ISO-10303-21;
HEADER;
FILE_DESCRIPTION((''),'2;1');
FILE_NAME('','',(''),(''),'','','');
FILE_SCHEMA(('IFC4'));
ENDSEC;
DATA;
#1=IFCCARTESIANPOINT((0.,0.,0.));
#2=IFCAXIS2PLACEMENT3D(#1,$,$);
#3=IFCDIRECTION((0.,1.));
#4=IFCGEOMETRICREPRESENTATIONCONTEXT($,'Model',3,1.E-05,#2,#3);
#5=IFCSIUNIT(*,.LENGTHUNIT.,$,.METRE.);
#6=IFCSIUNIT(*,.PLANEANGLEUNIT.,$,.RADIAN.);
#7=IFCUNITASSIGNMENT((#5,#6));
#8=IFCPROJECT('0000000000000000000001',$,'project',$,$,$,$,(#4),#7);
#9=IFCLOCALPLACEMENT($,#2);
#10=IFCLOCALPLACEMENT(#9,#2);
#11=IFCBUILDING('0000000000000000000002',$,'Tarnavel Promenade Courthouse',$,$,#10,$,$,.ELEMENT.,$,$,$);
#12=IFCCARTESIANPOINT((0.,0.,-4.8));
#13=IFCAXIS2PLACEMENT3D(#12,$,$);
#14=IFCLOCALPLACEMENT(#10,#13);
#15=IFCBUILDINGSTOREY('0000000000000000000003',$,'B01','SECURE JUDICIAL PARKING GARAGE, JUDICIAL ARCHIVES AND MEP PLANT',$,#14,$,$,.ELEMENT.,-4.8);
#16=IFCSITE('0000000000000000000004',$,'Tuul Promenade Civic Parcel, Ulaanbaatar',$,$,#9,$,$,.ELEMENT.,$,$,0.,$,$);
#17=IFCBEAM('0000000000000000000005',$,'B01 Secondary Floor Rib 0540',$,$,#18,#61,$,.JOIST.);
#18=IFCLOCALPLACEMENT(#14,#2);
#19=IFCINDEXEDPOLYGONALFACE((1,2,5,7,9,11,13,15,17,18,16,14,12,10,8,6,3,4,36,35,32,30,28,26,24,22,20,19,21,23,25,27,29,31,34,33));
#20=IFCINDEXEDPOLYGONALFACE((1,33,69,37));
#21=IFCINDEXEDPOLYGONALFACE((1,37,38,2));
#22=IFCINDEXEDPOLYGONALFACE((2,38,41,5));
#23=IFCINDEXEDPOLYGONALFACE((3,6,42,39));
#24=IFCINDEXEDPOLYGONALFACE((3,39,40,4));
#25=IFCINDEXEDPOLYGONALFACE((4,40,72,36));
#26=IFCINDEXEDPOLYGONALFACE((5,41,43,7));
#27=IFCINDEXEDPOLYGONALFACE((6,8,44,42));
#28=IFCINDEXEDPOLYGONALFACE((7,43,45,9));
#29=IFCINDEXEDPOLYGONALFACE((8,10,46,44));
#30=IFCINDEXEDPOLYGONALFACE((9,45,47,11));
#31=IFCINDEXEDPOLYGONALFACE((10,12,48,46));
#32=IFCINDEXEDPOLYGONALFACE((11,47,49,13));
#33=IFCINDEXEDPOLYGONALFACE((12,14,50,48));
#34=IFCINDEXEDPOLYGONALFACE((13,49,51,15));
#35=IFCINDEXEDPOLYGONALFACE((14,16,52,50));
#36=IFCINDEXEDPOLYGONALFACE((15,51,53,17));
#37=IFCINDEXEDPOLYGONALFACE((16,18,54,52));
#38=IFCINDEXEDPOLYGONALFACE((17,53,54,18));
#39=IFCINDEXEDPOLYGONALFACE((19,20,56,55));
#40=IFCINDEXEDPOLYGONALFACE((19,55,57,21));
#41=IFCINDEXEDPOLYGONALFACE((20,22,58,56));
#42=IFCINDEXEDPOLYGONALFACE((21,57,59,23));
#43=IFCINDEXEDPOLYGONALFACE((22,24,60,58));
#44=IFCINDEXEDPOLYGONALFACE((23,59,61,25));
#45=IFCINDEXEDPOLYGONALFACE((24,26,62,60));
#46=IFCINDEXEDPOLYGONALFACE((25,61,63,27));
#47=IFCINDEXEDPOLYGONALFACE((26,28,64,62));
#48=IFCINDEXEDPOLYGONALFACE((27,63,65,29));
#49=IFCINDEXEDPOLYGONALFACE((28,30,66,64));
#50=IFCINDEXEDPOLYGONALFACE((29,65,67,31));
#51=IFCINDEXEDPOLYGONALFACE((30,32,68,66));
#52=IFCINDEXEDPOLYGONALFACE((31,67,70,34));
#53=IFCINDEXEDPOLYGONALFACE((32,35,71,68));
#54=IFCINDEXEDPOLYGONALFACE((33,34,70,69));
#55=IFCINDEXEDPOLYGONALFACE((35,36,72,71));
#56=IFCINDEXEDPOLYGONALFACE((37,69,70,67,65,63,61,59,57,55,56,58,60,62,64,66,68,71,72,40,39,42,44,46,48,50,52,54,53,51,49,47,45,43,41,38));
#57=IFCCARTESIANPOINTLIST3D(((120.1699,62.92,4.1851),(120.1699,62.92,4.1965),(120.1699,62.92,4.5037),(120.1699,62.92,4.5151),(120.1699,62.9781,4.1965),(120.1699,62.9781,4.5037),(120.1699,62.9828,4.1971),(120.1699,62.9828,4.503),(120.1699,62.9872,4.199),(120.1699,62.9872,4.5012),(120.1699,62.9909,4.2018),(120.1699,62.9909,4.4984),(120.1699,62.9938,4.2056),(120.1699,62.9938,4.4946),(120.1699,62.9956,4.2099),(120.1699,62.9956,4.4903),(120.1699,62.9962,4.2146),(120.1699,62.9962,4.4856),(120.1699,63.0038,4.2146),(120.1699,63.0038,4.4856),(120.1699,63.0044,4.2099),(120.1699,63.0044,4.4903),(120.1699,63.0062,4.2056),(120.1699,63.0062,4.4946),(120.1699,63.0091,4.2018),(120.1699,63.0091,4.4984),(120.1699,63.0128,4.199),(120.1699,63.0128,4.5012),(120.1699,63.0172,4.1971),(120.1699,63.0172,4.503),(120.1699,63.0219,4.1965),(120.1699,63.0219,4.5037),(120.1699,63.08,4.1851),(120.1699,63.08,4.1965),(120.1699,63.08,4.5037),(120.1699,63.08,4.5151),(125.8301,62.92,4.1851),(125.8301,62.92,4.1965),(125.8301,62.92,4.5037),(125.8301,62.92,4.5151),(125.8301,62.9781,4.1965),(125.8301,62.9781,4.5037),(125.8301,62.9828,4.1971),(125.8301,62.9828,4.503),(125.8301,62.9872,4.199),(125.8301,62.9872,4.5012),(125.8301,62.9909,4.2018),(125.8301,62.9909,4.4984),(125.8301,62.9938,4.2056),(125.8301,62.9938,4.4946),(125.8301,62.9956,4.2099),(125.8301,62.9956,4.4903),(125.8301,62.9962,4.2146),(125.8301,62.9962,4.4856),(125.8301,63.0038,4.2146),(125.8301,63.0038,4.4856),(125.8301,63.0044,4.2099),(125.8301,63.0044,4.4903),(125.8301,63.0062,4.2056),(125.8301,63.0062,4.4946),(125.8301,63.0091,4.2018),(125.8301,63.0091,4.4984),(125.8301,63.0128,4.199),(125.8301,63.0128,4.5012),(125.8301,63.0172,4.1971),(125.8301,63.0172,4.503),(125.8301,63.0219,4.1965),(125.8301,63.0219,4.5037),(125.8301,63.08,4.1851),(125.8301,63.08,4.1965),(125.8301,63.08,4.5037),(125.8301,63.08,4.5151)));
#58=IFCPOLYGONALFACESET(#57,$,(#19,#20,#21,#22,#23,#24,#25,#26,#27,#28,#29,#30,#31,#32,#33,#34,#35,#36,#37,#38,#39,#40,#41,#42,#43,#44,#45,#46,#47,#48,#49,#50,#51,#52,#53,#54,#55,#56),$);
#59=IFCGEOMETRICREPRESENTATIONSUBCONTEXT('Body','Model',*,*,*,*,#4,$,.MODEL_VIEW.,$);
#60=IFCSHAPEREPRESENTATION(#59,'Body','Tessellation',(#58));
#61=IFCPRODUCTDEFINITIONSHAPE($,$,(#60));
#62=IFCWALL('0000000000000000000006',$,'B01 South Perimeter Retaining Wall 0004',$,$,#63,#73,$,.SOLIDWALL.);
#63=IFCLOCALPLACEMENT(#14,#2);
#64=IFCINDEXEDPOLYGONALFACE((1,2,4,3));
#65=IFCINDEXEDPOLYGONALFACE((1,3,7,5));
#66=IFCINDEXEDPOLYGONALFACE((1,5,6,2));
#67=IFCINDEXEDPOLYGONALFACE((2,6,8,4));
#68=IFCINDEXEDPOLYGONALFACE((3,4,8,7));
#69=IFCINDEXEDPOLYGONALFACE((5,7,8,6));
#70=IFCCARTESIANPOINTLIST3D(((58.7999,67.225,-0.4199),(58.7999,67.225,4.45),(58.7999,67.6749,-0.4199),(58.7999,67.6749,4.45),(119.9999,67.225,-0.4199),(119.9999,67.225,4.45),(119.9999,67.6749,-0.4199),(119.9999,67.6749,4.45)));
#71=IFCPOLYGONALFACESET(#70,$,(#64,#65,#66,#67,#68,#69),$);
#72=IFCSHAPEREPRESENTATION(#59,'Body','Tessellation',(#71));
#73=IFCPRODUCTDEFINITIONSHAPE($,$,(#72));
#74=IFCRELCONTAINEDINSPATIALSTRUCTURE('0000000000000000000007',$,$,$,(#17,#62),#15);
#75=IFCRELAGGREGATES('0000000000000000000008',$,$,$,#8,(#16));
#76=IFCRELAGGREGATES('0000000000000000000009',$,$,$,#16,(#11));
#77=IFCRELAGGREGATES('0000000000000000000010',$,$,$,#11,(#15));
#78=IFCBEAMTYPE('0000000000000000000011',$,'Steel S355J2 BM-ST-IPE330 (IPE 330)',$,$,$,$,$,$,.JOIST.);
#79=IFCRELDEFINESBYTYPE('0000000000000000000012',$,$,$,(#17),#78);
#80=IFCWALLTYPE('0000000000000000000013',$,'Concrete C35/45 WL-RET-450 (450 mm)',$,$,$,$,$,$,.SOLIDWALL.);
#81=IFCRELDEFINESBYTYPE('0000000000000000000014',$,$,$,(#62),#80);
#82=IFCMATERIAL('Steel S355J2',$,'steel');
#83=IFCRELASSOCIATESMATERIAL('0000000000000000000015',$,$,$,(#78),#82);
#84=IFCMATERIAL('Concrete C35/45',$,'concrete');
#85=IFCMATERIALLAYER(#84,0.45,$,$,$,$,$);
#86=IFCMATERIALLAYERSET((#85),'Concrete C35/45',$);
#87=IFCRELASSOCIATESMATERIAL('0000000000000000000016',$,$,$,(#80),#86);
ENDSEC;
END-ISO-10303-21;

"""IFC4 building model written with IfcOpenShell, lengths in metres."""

from ifc_helpers import new_model, si_unit, direction, frame, frame_2d, origin, origin_2d, place, context, subcontext, project, spatial, rectangle, i_section, extrude, material, layer, layer_set, material_profile, profile_set, type_object, element, save


model = new_model("IFC4")

# Units and contexts
model_context = context("Model", 3, precision=1e-05, world=origin(), true_north=direction((0.0, 1.0)))
body_context = subcontext(model_context, "Body", "Model", "MODEL_VIEW")
ifc_project = project(units=[si_unit("LENGTHUNIT", "METRE"), si_unit("PLANEANGLEUNIT", "RADIAN")], contexts=[model_context])

# Site, building, storey
site_placement = place(None, origin())
site = spatial("IfcSite", under=ifc_project, at=site_placement, Name="Tuul Promenade Civic Parcel, Ulaanbaatar", CompositionType="ELEMENT", RefElevation=0.0)
building_placement = place(site_placement, origin())
building = spatial("IfcBuilding", under=site, at=building_placement, Name="Tarnavel Promenade Courthouse", CompositionType="ELEMENT")
storey_placement = place(building_placement, frame((0.0, 0.0, -4.8)))
storey = spatial("IfcBuildingStorey", under=building, at=storey_placement, Name="B01", Description="SECURE JUDICIAL PARKING GARAGE, JUDICIAL ARCHIVES AND MEP PLANT", CompositionType="ELEMENT", Elevation=-4.8)

# Shared definitions
ifc_material_1 = material(Name="Concrete C35/45", Category="concrete")

# Beam
ifc_material_2 = material(Name="Steel S355J2", Category="steel")
ifc_material_profile_1 = material_profile(ifc_material_2, i_section(OverallWidth=0.1599, OverallDepth=0.3301, WebThickness=0.0076, FlangeThickness=0.0115, FilletRadius=0.0181, at=origin_2d()), Name="IPE 330")
ifc_profile_set_1 = profile_set([ifc_material_profile_1], Name="Steel S355J2")
beam_type_1 = type_object("IfcBeamType", Name="Steel S355J2 BM-ST-IPE330 (IPE 330)", PredefinedType="JOIST", material=ifc_profile_set_1)
beam_1_placement = place(storey_placement, frame((120.1699, 63.0, 4.3501), z_axis=(1.0, 0.0, 0.0), x_axis=(0.0, 1.0, 0.0)))
element("IfcBeam", 1, at=beam_1_placement, inside=storey, type_object=beam_type_1, Name="B01 Secondary Floor Rib 0540", PredefinedType="JOIST", context=body_context, shape_type="SweptSolid", body=[
    extrude(i_section(OverallWidth=0.1599, OverallDepth=0.3301, WebThickness=0.0076, FlangeThickness=0.0115, FilletRadius=0.0181, at=origin_2d()), origin(), (0.0, 0.0, 1.0), 5.6602),
])

# Wall
ifc_layer = layer(ifc_material_1, 0.45)
ifc_layer_set = layer_set([ifc_layer], Name="Concrete C35/45")
wall_type = type_object("IfcWallType", Name="Concrete C35/45 WL-RET-450 (450 mm)", PredefinedType="SOLIDWALL", material=ifc_layer_set)
wall_placement = place(storey_placement, frame((120.0, 67.45, -0.4199), z_axis=(0.0, 0.0, 1.0), x_axis=(-1.0, 0.0, 0.0)))
element("IfcWall", 2, at=wall_placement, inside=storey, type_object=wall_type, Name="B01 South Perimeter Retaining Wall 0004", PredefinedType="SOLIDWALL", context=body_context, shape_type="SweptSolid", body=[
    extrude(rectangle(XDim=61.2, YDim=0.45, at=frame_2d((30.6001, 0.0))), origin(), (0.0, 0.0, 1.0), 4.8699),
])

save(model, "model.ifc")
